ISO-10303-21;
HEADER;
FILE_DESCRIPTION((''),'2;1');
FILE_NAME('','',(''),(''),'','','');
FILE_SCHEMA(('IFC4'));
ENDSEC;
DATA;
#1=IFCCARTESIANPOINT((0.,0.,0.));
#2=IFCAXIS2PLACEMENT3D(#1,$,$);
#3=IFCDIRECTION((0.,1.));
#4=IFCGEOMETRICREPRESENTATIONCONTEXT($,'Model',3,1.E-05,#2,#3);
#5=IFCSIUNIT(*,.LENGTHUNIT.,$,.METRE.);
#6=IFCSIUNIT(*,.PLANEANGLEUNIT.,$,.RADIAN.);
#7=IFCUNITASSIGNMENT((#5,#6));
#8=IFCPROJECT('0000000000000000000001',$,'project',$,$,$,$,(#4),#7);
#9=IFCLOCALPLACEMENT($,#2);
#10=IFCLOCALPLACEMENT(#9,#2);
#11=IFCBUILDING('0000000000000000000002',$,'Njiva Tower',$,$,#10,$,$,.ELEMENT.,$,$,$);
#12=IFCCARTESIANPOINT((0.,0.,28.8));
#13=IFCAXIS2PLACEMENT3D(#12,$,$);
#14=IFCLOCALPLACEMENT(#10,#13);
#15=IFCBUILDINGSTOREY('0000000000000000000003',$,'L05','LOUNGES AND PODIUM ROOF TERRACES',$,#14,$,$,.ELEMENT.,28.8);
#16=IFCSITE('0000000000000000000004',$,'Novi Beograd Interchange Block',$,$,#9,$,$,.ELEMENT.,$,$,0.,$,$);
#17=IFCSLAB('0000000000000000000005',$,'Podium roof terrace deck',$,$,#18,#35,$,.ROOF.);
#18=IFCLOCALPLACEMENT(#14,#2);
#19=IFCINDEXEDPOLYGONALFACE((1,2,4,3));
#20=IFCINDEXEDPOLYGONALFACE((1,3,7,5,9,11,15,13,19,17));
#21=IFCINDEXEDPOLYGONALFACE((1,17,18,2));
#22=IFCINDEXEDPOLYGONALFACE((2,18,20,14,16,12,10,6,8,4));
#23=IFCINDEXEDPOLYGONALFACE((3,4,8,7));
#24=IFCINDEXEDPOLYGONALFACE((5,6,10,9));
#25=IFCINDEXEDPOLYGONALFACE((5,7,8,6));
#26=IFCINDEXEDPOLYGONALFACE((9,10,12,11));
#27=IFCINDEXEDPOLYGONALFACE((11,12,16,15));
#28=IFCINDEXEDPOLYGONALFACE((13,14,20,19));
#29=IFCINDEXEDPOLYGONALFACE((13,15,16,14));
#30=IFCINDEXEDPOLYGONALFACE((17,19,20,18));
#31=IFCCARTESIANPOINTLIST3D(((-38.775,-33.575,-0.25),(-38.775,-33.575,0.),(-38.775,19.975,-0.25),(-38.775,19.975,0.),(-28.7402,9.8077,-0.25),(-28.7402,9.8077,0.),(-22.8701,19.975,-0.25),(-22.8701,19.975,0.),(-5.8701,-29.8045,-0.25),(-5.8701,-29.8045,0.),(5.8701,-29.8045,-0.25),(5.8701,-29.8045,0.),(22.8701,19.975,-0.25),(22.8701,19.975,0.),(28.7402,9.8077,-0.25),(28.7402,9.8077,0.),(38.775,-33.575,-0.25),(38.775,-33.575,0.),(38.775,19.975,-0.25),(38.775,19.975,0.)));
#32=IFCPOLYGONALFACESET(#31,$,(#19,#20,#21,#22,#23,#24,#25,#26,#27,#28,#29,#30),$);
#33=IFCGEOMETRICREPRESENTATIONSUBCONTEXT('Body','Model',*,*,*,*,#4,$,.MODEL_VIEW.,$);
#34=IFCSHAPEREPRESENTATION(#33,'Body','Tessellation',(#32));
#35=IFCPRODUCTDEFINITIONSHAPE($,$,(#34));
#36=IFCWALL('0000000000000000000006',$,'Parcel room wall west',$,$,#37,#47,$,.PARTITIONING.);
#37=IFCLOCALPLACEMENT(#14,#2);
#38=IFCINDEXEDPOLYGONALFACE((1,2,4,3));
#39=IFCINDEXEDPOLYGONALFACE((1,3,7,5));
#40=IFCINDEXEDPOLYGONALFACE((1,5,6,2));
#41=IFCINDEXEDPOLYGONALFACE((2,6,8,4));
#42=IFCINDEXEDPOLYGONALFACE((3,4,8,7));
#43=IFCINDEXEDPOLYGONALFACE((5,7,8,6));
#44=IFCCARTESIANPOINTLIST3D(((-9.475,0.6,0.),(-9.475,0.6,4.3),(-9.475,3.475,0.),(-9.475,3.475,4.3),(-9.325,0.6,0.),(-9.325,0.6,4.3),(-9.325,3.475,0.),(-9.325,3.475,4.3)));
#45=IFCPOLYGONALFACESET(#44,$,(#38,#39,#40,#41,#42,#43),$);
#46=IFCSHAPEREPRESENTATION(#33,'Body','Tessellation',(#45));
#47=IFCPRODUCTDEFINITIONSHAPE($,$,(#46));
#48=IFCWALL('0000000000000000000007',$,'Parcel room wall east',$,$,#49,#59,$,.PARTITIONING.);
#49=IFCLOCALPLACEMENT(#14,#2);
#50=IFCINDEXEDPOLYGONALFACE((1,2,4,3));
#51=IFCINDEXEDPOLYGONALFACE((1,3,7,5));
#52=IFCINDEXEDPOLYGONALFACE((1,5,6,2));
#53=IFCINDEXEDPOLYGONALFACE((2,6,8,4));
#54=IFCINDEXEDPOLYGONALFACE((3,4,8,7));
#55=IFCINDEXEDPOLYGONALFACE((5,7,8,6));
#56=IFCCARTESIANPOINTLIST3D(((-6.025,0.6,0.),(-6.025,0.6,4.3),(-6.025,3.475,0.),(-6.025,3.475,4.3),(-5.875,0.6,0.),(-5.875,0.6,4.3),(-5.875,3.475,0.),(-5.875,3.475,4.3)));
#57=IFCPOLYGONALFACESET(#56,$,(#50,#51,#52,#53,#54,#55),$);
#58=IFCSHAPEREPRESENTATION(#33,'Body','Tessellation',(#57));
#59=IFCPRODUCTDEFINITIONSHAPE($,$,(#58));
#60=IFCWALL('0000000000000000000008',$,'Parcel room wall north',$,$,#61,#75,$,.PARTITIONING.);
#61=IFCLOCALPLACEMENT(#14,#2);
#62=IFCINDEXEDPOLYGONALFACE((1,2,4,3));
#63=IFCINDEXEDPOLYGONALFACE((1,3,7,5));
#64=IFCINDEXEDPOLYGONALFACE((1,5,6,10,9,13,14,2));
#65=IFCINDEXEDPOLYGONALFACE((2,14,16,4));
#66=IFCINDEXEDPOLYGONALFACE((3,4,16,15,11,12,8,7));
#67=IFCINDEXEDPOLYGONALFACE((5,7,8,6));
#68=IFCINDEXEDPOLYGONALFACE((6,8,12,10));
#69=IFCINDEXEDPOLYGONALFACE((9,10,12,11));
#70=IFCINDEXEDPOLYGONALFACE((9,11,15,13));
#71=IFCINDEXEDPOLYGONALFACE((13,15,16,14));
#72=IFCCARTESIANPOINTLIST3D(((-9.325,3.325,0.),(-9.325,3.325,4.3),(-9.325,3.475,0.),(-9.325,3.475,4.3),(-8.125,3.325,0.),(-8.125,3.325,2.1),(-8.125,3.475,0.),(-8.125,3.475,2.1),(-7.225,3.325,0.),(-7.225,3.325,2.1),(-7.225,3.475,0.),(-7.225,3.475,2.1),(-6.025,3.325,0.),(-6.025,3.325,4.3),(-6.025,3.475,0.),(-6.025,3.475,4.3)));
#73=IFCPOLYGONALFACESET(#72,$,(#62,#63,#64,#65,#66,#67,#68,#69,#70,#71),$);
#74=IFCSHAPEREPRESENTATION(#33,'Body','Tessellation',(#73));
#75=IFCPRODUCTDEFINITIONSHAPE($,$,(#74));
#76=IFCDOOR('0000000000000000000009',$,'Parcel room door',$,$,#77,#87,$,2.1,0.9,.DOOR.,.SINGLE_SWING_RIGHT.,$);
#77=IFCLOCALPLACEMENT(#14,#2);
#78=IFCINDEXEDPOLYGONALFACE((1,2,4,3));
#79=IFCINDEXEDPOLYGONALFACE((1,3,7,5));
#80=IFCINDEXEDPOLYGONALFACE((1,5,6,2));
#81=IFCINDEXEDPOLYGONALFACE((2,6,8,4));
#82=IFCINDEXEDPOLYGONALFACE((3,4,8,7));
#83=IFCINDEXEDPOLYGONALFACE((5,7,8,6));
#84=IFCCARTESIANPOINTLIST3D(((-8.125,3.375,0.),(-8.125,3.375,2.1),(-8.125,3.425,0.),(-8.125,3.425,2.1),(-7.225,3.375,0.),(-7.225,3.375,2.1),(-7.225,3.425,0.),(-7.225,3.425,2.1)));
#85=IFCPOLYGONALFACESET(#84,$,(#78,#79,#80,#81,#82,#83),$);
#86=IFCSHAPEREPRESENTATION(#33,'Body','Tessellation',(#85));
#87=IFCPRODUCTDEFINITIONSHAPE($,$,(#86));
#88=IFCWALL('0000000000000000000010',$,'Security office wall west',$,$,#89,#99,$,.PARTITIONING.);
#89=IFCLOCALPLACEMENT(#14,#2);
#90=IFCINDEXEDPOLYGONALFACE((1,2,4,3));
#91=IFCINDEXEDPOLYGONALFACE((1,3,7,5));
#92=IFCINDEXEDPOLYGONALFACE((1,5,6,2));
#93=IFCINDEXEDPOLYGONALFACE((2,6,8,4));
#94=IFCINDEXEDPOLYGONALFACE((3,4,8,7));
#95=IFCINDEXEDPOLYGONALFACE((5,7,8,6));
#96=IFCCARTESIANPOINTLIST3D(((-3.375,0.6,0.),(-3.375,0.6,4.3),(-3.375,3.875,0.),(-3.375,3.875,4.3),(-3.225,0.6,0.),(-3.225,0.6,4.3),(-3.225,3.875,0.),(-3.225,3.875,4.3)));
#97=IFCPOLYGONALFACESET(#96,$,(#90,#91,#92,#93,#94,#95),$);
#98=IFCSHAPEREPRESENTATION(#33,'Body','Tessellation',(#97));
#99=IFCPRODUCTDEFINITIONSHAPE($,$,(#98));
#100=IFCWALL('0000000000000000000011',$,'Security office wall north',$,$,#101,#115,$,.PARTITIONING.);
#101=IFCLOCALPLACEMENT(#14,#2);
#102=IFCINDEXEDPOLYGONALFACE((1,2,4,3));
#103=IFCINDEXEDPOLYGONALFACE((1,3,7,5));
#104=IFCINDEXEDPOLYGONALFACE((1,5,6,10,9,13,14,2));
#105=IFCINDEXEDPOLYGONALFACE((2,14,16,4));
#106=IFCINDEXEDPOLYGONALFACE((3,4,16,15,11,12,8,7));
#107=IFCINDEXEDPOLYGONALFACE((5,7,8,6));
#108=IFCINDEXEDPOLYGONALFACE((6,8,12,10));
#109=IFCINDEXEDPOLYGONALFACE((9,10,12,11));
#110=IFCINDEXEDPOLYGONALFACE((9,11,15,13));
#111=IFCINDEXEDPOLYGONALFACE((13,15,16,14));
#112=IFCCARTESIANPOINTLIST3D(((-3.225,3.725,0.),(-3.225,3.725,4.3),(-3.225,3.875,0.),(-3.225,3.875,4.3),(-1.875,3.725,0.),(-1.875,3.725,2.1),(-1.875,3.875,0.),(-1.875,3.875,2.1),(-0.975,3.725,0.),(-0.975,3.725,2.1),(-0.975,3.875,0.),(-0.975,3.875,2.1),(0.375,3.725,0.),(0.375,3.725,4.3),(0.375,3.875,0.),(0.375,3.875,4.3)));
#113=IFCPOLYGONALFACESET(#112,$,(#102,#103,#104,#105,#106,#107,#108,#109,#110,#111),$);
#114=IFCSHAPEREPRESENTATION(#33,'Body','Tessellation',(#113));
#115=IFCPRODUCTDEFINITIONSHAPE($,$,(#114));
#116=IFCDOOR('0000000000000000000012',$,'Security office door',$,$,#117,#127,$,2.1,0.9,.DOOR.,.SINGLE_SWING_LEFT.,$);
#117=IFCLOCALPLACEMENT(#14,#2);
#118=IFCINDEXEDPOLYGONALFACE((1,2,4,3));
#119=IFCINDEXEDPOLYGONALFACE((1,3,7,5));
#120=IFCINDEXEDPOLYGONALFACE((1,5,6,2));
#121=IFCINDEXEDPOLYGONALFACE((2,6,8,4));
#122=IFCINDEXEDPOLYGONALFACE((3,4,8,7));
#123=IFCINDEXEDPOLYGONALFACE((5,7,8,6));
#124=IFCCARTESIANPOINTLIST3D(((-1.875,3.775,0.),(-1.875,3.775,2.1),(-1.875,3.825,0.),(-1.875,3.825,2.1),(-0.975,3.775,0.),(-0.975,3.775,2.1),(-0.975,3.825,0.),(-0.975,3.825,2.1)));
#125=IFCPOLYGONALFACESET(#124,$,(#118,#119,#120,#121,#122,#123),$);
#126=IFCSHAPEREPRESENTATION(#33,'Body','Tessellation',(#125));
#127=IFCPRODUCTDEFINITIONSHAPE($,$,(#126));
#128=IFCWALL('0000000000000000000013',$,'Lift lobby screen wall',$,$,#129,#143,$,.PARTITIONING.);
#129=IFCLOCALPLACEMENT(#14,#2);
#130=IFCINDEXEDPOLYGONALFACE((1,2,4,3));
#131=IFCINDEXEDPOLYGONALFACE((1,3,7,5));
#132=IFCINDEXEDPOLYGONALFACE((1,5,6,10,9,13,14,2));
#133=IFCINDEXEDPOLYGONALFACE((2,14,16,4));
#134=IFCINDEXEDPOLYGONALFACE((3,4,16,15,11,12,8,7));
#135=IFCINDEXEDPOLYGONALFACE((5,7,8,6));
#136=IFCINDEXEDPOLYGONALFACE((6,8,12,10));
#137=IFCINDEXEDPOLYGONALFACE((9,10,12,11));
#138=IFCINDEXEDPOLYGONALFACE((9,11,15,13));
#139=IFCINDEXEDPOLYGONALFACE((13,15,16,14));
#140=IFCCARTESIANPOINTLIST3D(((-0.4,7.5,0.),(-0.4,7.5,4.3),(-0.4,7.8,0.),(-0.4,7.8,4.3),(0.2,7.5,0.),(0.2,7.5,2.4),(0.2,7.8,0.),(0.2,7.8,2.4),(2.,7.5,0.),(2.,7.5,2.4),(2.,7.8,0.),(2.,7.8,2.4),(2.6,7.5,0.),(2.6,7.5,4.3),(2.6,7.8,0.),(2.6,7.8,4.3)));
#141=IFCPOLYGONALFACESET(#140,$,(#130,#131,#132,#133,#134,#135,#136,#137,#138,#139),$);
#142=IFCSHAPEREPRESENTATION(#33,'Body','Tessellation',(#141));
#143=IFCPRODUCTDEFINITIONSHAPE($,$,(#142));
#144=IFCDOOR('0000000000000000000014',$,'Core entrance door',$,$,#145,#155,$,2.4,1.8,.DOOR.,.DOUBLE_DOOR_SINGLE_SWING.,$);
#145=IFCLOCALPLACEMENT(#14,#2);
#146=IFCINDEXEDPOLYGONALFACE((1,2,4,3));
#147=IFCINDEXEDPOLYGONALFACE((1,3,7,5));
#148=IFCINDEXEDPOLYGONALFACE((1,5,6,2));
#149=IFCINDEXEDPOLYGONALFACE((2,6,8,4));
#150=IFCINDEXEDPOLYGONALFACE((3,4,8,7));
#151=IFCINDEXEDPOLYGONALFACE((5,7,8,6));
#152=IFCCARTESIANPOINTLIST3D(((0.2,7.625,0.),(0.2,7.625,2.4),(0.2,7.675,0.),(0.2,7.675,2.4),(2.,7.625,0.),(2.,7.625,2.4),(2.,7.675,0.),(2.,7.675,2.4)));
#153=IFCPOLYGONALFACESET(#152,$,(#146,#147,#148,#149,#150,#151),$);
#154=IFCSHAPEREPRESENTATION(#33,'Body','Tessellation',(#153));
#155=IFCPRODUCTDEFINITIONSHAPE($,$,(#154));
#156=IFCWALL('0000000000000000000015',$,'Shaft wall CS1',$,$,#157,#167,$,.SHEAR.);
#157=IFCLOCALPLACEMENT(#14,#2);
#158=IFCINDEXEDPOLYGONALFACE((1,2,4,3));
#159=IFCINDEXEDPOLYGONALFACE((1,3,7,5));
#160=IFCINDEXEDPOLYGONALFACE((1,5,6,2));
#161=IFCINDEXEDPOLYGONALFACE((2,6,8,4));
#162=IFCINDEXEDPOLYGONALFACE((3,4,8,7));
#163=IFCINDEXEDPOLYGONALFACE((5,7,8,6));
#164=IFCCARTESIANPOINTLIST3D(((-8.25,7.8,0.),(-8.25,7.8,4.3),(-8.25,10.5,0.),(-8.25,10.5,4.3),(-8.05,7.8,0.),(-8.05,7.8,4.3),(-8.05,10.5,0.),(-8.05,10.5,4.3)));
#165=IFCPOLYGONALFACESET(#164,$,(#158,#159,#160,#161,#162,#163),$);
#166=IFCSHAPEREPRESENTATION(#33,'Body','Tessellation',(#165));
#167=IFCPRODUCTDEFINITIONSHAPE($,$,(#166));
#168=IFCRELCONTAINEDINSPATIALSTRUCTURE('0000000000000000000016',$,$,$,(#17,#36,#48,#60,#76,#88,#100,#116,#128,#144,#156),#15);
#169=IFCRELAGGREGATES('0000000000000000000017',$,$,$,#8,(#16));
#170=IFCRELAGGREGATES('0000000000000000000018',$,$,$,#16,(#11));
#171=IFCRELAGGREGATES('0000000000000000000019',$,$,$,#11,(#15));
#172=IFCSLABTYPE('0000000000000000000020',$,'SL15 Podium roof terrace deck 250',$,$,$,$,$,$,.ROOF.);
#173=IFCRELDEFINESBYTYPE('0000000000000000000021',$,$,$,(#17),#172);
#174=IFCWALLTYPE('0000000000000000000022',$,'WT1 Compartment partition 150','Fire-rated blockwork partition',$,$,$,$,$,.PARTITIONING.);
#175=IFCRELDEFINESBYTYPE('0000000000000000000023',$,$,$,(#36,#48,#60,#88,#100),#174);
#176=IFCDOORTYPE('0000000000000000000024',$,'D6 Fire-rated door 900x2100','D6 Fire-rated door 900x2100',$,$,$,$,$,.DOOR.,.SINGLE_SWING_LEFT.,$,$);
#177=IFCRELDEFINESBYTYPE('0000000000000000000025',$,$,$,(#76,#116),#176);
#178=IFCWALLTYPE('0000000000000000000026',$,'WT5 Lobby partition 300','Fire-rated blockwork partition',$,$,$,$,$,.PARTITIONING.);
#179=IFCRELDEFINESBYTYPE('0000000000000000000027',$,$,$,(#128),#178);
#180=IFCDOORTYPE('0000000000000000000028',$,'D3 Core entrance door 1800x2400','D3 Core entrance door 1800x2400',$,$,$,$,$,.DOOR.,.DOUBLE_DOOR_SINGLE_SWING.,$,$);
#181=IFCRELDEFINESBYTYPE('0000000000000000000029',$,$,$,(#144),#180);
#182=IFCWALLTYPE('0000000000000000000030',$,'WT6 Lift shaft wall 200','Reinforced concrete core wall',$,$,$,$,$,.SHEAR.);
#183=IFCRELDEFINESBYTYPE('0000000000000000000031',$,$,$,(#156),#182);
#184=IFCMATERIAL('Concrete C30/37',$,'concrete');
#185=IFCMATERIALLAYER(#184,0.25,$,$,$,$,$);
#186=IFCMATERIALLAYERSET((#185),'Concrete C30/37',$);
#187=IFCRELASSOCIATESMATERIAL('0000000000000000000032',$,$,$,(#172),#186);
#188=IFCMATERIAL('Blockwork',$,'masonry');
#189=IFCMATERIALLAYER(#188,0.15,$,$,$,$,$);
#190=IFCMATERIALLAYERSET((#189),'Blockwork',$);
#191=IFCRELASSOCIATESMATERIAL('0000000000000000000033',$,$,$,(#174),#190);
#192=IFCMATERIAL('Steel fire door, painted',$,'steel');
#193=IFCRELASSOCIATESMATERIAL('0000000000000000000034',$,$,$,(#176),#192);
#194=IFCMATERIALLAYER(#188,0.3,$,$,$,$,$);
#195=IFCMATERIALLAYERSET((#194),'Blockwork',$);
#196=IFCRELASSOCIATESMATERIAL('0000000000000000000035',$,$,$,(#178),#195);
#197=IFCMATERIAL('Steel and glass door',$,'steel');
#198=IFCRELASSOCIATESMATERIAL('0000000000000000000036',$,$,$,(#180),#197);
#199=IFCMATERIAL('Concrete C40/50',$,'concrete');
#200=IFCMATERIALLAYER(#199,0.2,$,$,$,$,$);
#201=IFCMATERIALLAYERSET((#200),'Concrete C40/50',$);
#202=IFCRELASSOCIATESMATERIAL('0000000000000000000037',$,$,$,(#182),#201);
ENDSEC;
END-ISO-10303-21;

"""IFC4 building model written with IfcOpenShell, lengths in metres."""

from ifc_helpers import new_model, si_unit, direction, frame, frame_2d, origin, place, context, subcontext, project, spatial, polyline, rectangle, outline, extrude, material, layer, layer_set, type_object, element, fill, save


model = new_model("IFC4")

# Units and contexts
model_context = context("Model", 3, precision=1e-05, world=origin(), true_north=direction((0.0, 1.0)))
body_context = subcontext(model_context, "Body", "Model", "MODEL_VIEW")
ifc_project = project(units=[si_unit("LENGTHUNIT", "METRE"), si_unit("PLANEANGLEUNIT", "RADIAN")], contexts=[model_context])

# Site, building, storey
site_placement = place(None, origin())
site = spatial("IfcSite", under=ifc_project, at=site_placement, Name="Novi Beograd Interchange Block", CompositionType="ELEMENT", RefElevation=0.0)
building_placement = place(site_placement, origin())
building = spatial("IfcBuilding", under=site, at=building_placement, Name="Njiva Tower", CompositionType="ELEMENT")
storey_placement = place(building_placement, frame((0.0, 0.0, 28.8)))
storey = spatial("IfcBuildingStorey", under=building, at=storey_placement, Name="L05", Description="LOUNGES AND PODIUM ROOF TERRACES", CompositionType="ELEMENT", Elevation=28.8)

# Slab
ifc_material_1 = material(Name="Concrete C30/37", Category="concrete")
ifc_layer_1 = layer(ifc_material_1, 0.25)
ifc_layer_set_1 = layer_set([ifc_layer_1], Name="Concrete C30/37")
slab_type_1 = type_object("IfcSlabType", Name="SL15 Podium roof terrace deck 250", PredefinedType="ROOF", material=ifc_layer_set_1)
slab_1_placement = place(storey_placement, frame((0.0, 0.0, -0.25)))
element("IfcSlab", 1, at=slab_1_placement, inside=storey, type_object=slab_type_1, Name="Podium roof terrace deck", PredefinedType="ROOF", context=body_context, shape_type="SweptSolid", body=[
    extrude(outline(polyline([(38.775, 19.975), (38.775, -33.575), (-38.775, -33.575), (-38.775, 19.975), (-22.8701, 19.975), (-28.7402, 9.8077), (-5.8701, -29.8045), (5.8701, -29.8045), (28.7402, 9.8077), (22.8701, 19.975), (38.775, 19.975)])), origin(), (0.0, 0.0, 1.0), 0.25),
])

# Walls
ifc_material_2 = material(Name="Blockwork", Category="masonry")
ifc_layer_2 = layer(ifc_material_2, 0.15)
ifc_layer_set_2 = layer_set([ifc_layer_2], Name="Blockwork")
wall_type_1 = type_object("IfcWallType", Name="WT1 Compartment partition 150", Description="Fire-rated blockwork partition", PredefinedType="PARTITIONING", material=ifc_layer_set_2)
for number, where, z_axis, x_axis, name in (
    (2, (-9.4, 0.6, 0.0), (0.0, 0.0, 1.0), (0.0, 1.0, 0.0), "Parcel room wall west"),
    (3, (-5.95, 0.6, 0.0), (0.0, 0.0, 1.0), (0.0, 1.0, 0.0), "Parcel room wall east"),
):
    element("IfcWall", number, at=place(storey_placement, frame(where, z_axis=z_axis, x_axis=x_axis)), inside=storey, type_object=wall_type_1, Name=name, PredefinedType="PARTITIONING", context=body_context, shape_type="SweptSolid", body=[
        extrude(rectangle(XDim=2.875, YDim=0.15, at=frame_2d((1.4375, 0.0))), origin(), (0.0, 0.0, 1.0), 4.3),
    ])

# Wall, opening, door
wall_1_placement = place(storey_placement, frame((-9.325, 3.4, 0.0), z_axis=(0.0, 0.0, 1.0), x_axis=(1.0, 0.0, 0.0)))
wall_1 = element("IfcWall", 4, at=wall_1_placement, inside=storey, type_object=wall_type_1, Name="Parcel room wall north", PredefinedType="PARTITIONING", context=body_context, shape_type="SweptSolid", body=[
    extrude(rectangle(XDim=3.3, YDim=0.15, at=frame_2d((1.65, 0.0))), origin(), (0.0, 0.0, 1.0), 4.3),
])
opening_1_placement = place(wall_1_placement, frame((1.2, 0.0, 0.0)))
opening_1 = element("IfcOpeningElement", 5, at=opening_1_placement, cuts=wall_1, PredefinedType="OPENING", context=body_context, shape_type="SweptSolid", body=[
    extrude(rectangle(XDim=0.9, YDim=2.1, at=frame_2d((0.45, 1.05))), frame((0.0, 0.085, 0.0), z_axis=(0.0, -1.0, 0.0), x_axis=(1.0, 0.0, 0.0)), (0.0, 0.0, 1.0), 0.17),
])
ifc_material_3 = material(Name="Steel fire door, painted", Category="steel")
door_type_1 = type_object("IfcDoorType", Name="D6 Fire-rated door 900x2100", Description="D6 Fire-rated door 900x2100", OperationType="SINGLE_SWING_LEFT", PredefinedType="DOOR", material=ifc_material_3)
door_1_placement = place(opening_1_placement, origin())
door_1 = element("IfcDoor", 6, at=door_1_placement, inside=storey, type_object=door_type_1, Name="Parcel room door", OperationType="SINGLE_SWING_RIGHT", OverallHeight=2.1, OverallWidth=0.9, PredefinedType="DOOR", context=body_context, shape_type="SweptSolid", body=[
    extrude(rectangle(XDim=0.9, YDim=2.1, at=frame_2d((0.45, 1.05))), frame((0.0, 0.025, 0.0), z_axis=(0.0, -1.0, 0.0), x_axis=(1.0, 0.0, 0.0)), (0.0, 0.0, 1.0), 0.05),
])
fill(opening_1, door_1)

# Wall
wall_2_placement = place(storey_placement, frame((-3.3, 0.6, 0.0), z_axis=(0.0, 0.0, 1.0), x_axis=(0.0, 1.0, 0.0)))
element("IfcWall", 7, at=wall_2_placement, inside=storey, type_object=wall_type_1, Name="Security office wall west", PredefinedType="PARTITIONING", context=body_context, shape_type="SweptSolid", body=[
    extrude(rectangle(XDim=3.275, YDim=0.15, at=frame_2d((1.6375, 0.0))), origin(), (0.0, 0.0, 1.0), 4.3),
])

# Walls, openings, doors
wall_3_placement = place(storey_placement, frame((-3.225, 3.8, 0.0), z_axis=(0.0, 0.0, 1.0), x_axis=(1.0, 0.0, 0.0)))
wall_3 = element("IfcWall", 8, at=wall_3_placement, inside=storey, type_object=wall_type_1, Name="Security office wall north", PredefinedType="PARTITIONING", context=body_context, shape_type="SweptSolid", body=[
    extrude(rectangle(XDim=3.6, YDim=0.15, at=frame_2d((1.8, 0.0))), origin(), (0.0, 0.0, 1.0), 4.3),
])
opening_2_placement = place(wall_3_placement, frame((1.35, 0.0, 0.0)))
opening_2 = element("IfcOpeningElement", 9, at=opening_2_placement, cuts=wall_3, PredefinedType="OPENING", context=body_context, shape_type="SweptSolid", body=[
    extrude(rectangle(XDim=0.9, YDim=2.1, at=frame_2d((0.45, 1.05))), frame((0.0, 0.085, 0.0), z_axis=(0.0, -1.0, 0.0), x_axis=(1.0, 0.0, 0.0)), (0.0, 0.0, 1.0), 0.17),
])
door_2_placement = place(opening_2_placement, origin())
door_2 = element("IfcDoor", 10, at=door_2_placement, inside=storey, type_object=door_type_1, Name="Security office door", OperationType="SINGLE_SWING_LEFT", OverallHeight=2.1, OverallWidth=0.9, PredefinedType="DOOR", context=body_context, shape_type="SweptSolid", body=[
    extrude(rectangle(XDim=0.9, YDim=2.1, at=frame_2d((0.45, 1.05))), frame((0.0, 0.025, 0.0), z_axis=(0.0, -1.0, 0.0), x_axis=(1.0, 0.0, 0.0)), (0.0, 0.0, 1.0), 0.05),
])
fill(opening_2, door_2)
ifc_layer_3 = layer(ifc_material_2, 0.3)
ifc_layer_set_3 = layer_set([ifc_layer_3], Name="Blockwork")
wall_type_2 = type_object("IfcWallType", Name="WT5 Lobby partition 300", Description="Fire-rated blockwork partition", PredefinedType="PARTITIONING", material=ifc_layer_set_3)
wall_4_placement = place(storey_placement, frame((-0.4, 7.65, 0.0), z_axis=(0.0, 0.0, 1.0), x_axis=(1.0, 0.0, 0.0)))
wall_4 = element("IfcWall", 11, at=wall_4_placement, inside=storey, type_object=wall_type_2, Name="Lift lobby screen wall", PredefinedType="PARTITIONING", context=body_context, shape_type="SweptSolid", body=[
    extrude(rectangle(XDim=3.0, YDim=0.3, at=frame_2d((1.5, 0.0))), origin(), (0.0, 0.0, 1.0), 4.3),
])
opening_3_placement = place(wall_4_placement, frame((0.6, 0.0, 0.0)))
opening_3 = element("IfcOpeningElement", 12, at=opening_3_placement, cuts=wall_4, PredefinedType="OPENING", context=body_context, shape_type="SweptSolid", body=[
    extrude(rectangle(XDim=1.8, YDim=2.4, at=frame_2d((0.9, 1.2))), frame((0.0, 0.16, 0.0), z_axis=(0.0, -1.0, 0.0), x_axis=(1.0, 0.0, 0.0)), (0.0, 0.0, 1.0), 0.32),
])
ifc_material_4 = material(Name="Steel and glass door", Category="steel")
door_type_2 = type_object("IfcDoorType", Name="D3 Core entrance door 1800x2400", Description="D3 Core entrance door 1800x2400", OperationType="DOUBLE_DOOR_SINGLE_SWING", PredefinedType="DOOR", material=ifc_material_4)
door_3_placement = place(opening_3_placement, origin())
door_3 = element("IfcDoor", 13, at=door_3_placement, inside=storey, type_object=door_type_2, Name="Core entrance door", OperationType="DOUBLE_DOOR_SINGLE_SWING", OverallHeight=2.4, OverallWidth=1.8, PredefinedType="DOOR", context=body_context, shape_type="SweptSolid", body=[
    extrude(rectangle(XDim=1.8, YDim=2.4, at=frame_2d((0.9, 1.2))), frame((0.0, 0.025, 0.0), z_axis=(0.0, -1.0, 0.0), x_axis=(1.0, 0.0, 0.0)), (0.0, 0.0, 1.0), 0.05),
])
fill(opening_3, door_3)

# Wall
ifc_material_5 = material(Name="Concrete C40/50", Category="concrete")
ifc_layer_4 = layer(ifc_material_5, 0.2)
ifc_layer_set_4 = layer_set([ifc_layer_4], Name="Concrete C40/50")
wall_type_3 = type_object("IfcWallType", Name="WT6 Lift shaft wall 200", Description="Reinforced concrete core wall", PredefinedType="SHEAR", material=ifc_layer_set_4)
wall_5_placement = place(storey_placement, frame((-8.15, 7.8, 0.0), z_axis=(0.0, 0.0, 1.0), x_axis=(0.0, 1.0, 0.0)))
element("IfcWall", 14, at=wall_5_placement, inside=storey, type_object=wall_type_3, Name="Shaft wall CS1", PredefinedType="SHEAR", context=body_context, shape_type="SweptSolid", body=[
    extrude(rectangle(XDim=2.7, YDim=0.2, at=frame_2d((1.35, 0.0))), origin(), (0.0, 0.0, 1.0), 4.3),
])

save(model, "model.ifc")
